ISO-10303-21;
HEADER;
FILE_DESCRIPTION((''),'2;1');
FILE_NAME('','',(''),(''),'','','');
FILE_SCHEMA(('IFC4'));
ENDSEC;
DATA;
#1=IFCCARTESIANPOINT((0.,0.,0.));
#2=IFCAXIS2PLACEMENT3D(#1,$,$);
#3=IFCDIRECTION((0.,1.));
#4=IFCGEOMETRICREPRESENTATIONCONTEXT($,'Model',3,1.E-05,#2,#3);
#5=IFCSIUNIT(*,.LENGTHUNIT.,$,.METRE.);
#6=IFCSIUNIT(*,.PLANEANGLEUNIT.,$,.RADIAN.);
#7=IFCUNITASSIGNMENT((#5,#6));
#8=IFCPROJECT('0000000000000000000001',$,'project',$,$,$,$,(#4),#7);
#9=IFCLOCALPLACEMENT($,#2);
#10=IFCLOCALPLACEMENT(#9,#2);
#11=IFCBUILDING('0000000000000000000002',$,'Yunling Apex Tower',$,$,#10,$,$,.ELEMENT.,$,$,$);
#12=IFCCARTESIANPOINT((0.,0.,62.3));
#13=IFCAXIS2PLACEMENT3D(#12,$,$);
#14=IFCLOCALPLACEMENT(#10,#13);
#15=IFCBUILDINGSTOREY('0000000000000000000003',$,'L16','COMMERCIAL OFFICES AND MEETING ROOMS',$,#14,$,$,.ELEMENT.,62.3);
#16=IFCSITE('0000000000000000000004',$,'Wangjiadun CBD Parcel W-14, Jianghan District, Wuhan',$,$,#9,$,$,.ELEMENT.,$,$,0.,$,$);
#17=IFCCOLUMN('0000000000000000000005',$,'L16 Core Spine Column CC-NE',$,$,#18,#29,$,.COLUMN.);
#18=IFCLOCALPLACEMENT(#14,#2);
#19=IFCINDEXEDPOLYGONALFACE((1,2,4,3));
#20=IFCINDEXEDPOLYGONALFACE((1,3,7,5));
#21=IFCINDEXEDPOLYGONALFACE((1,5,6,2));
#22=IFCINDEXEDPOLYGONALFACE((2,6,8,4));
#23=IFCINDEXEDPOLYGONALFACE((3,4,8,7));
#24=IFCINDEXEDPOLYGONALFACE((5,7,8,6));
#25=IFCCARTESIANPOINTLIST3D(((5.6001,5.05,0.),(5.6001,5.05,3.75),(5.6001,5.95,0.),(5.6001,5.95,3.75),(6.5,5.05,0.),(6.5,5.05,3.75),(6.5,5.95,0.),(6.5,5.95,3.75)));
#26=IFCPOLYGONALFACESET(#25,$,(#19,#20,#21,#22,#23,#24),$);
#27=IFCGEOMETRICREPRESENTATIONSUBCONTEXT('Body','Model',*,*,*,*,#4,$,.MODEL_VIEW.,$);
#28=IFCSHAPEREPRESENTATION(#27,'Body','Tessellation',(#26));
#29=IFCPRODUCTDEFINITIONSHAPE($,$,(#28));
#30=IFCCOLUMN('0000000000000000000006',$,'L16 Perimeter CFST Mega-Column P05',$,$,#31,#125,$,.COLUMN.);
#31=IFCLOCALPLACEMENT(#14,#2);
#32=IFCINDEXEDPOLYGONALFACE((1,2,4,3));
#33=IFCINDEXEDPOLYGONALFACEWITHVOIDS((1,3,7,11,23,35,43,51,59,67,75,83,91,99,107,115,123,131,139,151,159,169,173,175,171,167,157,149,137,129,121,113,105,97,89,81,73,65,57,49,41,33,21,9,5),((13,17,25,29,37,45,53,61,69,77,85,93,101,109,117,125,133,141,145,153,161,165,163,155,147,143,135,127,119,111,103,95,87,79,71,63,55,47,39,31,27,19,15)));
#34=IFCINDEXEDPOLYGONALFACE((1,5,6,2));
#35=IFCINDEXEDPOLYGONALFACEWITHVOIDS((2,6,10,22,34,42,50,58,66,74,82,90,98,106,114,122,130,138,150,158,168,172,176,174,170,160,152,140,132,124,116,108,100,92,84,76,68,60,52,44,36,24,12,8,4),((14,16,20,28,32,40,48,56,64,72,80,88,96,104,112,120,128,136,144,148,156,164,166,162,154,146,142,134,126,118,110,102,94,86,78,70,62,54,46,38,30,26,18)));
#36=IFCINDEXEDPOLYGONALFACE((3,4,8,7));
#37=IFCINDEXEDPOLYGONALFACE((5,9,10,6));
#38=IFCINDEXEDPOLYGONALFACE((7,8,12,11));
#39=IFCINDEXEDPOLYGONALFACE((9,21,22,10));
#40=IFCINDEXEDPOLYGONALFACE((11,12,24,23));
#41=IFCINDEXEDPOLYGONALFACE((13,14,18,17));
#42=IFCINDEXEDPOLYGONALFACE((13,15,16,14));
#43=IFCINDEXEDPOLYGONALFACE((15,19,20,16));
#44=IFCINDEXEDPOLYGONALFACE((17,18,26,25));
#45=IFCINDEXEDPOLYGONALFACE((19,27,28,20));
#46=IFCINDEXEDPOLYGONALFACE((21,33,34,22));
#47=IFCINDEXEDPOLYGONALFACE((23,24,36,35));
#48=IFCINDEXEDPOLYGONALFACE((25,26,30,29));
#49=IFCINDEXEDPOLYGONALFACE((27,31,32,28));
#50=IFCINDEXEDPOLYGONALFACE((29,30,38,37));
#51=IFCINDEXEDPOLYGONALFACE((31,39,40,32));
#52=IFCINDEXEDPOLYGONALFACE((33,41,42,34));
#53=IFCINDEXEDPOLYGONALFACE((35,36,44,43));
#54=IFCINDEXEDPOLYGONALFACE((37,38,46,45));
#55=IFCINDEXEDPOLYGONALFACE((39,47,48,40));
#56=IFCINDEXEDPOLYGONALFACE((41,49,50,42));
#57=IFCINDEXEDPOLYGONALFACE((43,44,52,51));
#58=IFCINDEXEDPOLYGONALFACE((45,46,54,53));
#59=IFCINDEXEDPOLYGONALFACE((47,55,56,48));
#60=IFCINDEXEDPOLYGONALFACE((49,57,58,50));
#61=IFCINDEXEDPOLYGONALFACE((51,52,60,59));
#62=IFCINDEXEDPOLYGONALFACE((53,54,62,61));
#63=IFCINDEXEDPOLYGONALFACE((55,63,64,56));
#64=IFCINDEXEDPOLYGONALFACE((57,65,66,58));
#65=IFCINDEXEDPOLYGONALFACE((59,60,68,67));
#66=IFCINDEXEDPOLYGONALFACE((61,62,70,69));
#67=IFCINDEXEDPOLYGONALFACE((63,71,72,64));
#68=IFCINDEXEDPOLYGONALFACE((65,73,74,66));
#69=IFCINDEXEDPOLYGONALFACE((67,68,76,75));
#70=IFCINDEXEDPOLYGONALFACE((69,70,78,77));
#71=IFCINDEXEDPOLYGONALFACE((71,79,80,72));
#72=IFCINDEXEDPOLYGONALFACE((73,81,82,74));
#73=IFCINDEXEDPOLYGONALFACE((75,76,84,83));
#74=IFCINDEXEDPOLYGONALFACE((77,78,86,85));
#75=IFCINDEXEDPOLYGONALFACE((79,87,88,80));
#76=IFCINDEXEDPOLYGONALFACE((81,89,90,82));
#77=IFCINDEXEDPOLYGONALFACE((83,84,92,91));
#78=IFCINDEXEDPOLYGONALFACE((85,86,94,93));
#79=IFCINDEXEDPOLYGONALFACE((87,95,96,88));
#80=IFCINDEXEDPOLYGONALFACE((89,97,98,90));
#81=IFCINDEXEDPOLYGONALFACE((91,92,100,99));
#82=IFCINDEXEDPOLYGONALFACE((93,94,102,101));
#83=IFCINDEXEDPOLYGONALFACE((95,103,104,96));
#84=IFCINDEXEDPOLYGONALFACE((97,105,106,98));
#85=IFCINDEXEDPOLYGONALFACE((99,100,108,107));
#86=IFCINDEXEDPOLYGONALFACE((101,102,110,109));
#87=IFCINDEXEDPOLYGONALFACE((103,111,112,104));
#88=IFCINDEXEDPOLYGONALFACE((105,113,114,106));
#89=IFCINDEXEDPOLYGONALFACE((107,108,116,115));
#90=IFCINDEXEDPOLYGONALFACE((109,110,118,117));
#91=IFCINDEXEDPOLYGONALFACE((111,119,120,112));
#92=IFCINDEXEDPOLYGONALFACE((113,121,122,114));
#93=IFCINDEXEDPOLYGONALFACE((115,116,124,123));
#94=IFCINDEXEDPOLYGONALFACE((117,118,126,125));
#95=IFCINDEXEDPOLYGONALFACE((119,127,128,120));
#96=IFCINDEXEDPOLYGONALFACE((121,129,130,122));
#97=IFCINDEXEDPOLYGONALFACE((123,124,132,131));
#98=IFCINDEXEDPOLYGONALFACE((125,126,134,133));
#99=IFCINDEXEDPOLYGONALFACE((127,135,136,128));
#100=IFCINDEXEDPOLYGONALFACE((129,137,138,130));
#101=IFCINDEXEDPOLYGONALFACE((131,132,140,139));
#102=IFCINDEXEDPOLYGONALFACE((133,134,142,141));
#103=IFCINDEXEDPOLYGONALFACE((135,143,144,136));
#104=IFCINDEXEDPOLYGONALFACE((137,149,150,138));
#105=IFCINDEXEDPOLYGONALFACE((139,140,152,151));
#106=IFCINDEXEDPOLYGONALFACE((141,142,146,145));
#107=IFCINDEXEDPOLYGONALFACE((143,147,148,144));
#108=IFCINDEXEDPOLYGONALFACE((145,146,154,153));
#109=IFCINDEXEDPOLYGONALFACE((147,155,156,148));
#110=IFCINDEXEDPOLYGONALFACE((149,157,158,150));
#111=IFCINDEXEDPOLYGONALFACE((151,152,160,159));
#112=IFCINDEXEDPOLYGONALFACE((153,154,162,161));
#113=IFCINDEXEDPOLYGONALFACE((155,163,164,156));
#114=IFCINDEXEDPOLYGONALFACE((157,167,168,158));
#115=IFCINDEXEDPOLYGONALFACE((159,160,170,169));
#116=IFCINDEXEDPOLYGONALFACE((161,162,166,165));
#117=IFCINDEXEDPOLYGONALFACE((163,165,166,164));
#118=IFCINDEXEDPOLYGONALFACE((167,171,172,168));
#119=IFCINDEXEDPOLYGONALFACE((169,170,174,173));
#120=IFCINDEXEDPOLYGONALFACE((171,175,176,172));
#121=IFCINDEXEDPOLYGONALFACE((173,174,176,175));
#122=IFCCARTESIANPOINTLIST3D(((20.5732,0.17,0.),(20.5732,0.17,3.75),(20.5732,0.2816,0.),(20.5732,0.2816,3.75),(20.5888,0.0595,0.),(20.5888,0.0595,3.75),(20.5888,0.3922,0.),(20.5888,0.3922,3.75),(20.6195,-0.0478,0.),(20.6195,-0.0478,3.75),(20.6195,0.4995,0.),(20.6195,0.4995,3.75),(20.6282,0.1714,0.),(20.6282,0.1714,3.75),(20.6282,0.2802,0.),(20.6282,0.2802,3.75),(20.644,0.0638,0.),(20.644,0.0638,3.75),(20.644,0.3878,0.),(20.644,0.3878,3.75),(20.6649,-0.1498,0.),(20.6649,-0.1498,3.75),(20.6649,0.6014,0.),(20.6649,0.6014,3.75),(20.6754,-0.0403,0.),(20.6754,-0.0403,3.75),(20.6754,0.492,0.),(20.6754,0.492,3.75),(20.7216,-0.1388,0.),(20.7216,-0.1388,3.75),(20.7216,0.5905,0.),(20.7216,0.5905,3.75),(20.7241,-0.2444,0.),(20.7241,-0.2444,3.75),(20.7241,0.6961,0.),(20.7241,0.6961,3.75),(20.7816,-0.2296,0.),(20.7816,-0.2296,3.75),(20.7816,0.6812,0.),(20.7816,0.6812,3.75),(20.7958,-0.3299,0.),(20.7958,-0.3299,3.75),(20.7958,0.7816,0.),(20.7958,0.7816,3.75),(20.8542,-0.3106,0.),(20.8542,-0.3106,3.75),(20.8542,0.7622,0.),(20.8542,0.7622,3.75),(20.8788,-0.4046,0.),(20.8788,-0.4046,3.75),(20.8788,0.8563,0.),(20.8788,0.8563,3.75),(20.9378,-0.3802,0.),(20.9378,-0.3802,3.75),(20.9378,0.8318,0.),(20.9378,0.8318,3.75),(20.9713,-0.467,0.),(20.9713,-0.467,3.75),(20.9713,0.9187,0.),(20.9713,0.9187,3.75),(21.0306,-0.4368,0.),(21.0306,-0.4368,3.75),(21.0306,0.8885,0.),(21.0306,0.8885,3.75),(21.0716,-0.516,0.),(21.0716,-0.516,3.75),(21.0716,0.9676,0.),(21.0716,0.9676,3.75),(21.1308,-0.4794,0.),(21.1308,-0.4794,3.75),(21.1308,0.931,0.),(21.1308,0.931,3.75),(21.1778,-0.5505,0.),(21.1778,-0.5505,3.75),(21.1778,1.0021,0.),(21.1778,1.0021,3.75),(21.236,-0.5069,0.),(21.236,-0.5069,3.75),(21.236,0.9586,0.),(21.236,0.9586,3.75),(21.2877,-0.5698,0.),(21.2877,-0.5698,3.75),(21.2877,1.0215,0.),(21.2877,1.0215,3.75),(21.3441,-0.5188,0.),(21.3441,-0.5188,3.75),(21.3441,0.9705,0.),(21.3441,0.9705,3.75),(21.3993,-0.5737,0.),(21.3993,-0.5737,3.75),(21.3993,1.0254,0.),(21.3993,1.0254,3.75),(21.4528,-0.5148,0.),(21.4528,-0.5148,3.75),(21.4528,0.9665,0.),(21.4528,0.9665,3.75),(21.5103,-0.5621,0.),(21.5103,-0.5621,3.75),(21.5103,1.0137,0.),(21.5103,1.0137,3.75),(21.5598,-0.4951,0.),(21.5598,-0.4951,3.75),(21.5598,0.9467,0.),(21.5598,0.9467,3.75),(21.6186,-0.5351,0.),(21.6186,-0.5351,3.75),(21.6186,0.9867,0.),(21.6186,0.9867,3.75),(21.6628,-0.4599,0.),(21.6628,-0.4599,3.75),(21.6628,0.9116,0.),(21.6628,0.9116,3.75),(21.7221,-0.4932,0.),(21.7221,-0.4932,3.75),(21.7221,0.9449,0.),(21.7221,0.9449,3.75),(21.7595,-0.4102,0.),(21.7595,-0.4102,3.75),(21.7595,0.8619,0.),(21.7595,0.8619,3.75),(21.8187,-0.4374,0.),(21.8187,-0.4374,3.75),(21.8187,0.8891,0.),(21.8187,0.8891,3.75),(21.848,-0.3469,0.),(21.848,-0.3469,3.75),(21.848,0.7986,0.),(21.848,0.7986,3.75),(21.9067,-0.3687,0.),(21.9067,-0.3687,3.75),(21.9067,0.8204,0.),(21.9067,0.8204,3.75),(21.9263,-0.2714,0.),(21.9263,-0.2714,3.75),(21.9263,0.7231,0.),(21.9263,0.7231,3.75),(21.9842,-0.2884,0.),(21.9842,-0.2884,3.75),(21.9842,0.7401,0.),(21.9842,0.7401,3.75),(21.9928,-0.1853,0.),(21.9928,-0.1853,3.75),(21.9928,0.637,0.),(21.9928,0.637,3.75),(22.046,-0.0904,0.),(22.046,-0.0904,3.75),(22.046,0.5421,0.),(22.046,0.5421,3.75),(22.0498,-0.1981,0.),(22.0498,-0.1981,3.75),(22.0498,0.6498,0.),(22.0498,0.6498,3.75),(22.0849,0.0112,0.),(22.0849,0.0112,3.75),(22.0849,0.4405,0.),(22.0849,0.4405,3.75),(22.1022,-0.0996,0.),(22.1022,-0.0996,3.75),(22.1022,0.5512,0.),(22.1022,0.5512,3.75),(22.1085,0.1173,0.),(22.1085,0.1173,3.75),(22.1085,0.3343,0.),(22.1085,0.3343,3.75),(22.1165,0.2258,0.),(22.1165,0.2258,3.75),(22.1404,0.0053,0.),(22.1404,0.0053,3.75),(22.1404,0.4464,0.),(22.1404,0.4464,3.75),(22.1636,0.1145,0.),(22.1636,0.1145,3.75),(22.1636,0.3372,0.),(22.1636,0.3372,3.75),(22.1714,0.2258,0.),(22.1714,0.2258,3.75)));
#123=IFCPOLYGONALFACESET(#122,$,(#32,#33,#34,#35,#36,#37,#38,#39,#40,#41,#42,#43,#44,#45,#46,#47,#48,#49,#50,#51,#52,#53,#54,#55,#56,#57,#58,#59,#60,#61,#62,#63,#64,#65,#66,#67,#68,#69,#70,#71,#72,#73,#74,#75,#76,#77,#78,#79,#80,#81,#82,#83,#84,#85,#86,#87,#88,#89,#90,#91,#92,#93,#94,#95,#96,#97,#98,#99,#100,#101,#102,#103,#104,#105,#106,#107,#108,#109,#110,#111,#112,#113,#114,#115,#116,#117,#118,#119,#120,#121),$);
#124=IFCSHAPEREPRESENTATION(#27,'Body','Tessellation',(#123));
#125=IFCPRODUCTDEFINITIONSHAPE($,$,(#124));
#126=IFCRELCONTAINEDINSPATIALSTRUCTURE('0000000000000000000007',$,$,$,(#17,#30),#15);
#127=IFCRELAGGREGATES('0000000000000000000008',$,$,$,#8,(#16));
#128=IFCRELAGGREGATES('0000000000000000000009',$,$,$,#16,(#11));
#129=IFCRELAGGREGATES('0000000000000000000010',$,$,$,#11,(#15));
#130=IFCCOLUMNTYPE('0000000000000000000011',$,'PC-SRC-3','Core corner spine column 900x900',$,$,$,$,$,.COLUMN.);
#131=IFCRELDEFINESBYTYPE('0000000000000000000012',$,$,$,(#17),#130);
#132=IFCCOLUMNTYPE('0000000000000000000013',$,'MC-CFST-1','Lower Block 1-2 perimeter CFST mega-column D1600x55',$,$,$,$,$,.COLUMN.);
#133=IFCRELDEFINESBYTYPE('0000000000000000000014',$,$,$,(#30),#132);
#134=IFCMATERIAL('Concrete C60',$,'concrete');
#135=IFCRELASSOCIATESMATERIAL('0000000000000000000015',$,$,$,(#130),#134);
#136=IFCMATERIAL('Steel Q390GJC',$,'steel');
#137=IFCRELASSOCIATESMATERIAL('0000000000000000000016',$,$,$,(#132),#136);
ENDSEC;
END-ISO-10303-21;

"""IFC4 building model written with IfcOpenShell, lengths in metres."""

from ifc_helpers import new_model, si_unit, direction, frame, origin, origin_2d, place, context, subcontext, project, spatial, rectangle, hollow_circle, extrude, source, transform, mapped, material, material_profile, profile_set, type_object, element, save


model = new_model("IFC4")

# Units and contexts
model_context = context("Model", 3, precision=1e-05, world=origin(), true_north=direction((0.0, 1.0)))
body_context = subcontext(model_context, "Body", "Model", "MODEL_VIEW")
ifc_project = project(units=[si_unit("LENGTHUNIT", "METRE"), si_unit("PLANEANGLEUNIT", "RADIAN")], contexts=[model_context])

# Site, building, storey
site_placement = place(None, origin())
site = spatial("IfcSite", under=ifc_project, at=site_placement, Name="Wangjiadun CBD Parcel W-14, Jianghan District, Wuhan", CompositionType="ELEMENT", RefElevation=0.0)
building_placement = place(site_placement, origin())
building = spatial("IfcBuilding", under=site, at=building_placement, Name="Yunling Apex Tower", CompositionType="ELEMENT")
storey_placement = place(building_placement, frame((0.0, 0.0, 62.3)))
storey = spatial("IfcBuildingStorey", under=building, at=storey_placement, Name="L16", Description="COMMERCIAL OFFICES AND MEETING ROOMS", CompositionType="ELEMENT", Elevation=62.3)

# Columns
ifc_material_1 = material(Name="Concrete C60", Category="concrete")
ifc_material_profile_1 = material_profile(ifc_material_1, rectangle(XDim=0.8999, YDim=0.8999, at=origin_2d()))
ifc_profile_set_1 = profile_set([ifc_material_profile_1], Name="Concrete C60")
column_type_1 = type_object("IfcColumnType", Name="PC-SRC-3", Description="Core corner spine column 900x900", PredefinedType="COLUMN", material=ifc_profile_set_1)
shared_shape_1 = source(origin(), body_context, "Body", "SweptSolid", [
    extrude(rectangle(XDim=0.8999, YDim=0.8999, at=origin_2d()), origin(), (0.0, 0.0, 1.0), 3.75),
])
column_placement = place(storey_placement, frame((6.05, 5.5, 0.0), z_axis=(0.0, 0.0, 1.0), x_axis=(1.0, 0.0, 0.0)))
element("IfcColumn", 1, at=column_placement, inside=storey, type_object=column_type_1, Name="L16 Core Spine Column CC-NE", PredefinedType="COLUMN", context=body_context, shape_type="MappedRepresentation", body=[
    mapped(shared_shape_1, transform((0.0, 0.0, 0.0), scale=1.0)),
])
ifc_material_2 = material(Name="Steel Q390GJC", Category="steel")
ifc_material_profile_2 = material_profile(ifc_material_2, hollow_circle(Radius=0.8, WallThickness=0.0549, at=origin_2d()))
ifc_profile_set_2 = profile_set([ifc_material_profile_2], Name="Steel Q390GJC")
column_type_2 = type_object("IfcColumnType", Name="MC-CFST-1", Description="Lower Block 1-2 perimeter CFST mega-column D1600x55", PredefinedType="COLUMN", material=ifc_profile_set_2)
shared_shape_2 = source(origin(), body_context, "Body", "SweptSolid", [
    extrude(hollow_circle(Radius=0.8, WallThickness=0.0549, at=origin_2d()), origin(), (0.0, 0.0, 1.0), 3.75),
])
for number, where, z_axis, x_axis, name in (
    (2, (21.3713, 0.2258, 0.0), (0.0, 0.0, 1.0), (1.0, 0.0, 0.0), "L16 Perimeter CFST Mega-Column P05"),
):
    element("IfcColumn", number, at=place(storey_placement, frame(where, z_axis=z_axis, x_axis=x_axis)), inside=storey, type_object=column_type_2, Name=name, PredefinedType="COLUMN", context=body_context, shape_type="MappedRepresentation", body=[
        mapped(shared_shape_2, transform((0.0, 0.0, 0.0), scale=1.0)),
    ])

save(model, "model.ifc")
